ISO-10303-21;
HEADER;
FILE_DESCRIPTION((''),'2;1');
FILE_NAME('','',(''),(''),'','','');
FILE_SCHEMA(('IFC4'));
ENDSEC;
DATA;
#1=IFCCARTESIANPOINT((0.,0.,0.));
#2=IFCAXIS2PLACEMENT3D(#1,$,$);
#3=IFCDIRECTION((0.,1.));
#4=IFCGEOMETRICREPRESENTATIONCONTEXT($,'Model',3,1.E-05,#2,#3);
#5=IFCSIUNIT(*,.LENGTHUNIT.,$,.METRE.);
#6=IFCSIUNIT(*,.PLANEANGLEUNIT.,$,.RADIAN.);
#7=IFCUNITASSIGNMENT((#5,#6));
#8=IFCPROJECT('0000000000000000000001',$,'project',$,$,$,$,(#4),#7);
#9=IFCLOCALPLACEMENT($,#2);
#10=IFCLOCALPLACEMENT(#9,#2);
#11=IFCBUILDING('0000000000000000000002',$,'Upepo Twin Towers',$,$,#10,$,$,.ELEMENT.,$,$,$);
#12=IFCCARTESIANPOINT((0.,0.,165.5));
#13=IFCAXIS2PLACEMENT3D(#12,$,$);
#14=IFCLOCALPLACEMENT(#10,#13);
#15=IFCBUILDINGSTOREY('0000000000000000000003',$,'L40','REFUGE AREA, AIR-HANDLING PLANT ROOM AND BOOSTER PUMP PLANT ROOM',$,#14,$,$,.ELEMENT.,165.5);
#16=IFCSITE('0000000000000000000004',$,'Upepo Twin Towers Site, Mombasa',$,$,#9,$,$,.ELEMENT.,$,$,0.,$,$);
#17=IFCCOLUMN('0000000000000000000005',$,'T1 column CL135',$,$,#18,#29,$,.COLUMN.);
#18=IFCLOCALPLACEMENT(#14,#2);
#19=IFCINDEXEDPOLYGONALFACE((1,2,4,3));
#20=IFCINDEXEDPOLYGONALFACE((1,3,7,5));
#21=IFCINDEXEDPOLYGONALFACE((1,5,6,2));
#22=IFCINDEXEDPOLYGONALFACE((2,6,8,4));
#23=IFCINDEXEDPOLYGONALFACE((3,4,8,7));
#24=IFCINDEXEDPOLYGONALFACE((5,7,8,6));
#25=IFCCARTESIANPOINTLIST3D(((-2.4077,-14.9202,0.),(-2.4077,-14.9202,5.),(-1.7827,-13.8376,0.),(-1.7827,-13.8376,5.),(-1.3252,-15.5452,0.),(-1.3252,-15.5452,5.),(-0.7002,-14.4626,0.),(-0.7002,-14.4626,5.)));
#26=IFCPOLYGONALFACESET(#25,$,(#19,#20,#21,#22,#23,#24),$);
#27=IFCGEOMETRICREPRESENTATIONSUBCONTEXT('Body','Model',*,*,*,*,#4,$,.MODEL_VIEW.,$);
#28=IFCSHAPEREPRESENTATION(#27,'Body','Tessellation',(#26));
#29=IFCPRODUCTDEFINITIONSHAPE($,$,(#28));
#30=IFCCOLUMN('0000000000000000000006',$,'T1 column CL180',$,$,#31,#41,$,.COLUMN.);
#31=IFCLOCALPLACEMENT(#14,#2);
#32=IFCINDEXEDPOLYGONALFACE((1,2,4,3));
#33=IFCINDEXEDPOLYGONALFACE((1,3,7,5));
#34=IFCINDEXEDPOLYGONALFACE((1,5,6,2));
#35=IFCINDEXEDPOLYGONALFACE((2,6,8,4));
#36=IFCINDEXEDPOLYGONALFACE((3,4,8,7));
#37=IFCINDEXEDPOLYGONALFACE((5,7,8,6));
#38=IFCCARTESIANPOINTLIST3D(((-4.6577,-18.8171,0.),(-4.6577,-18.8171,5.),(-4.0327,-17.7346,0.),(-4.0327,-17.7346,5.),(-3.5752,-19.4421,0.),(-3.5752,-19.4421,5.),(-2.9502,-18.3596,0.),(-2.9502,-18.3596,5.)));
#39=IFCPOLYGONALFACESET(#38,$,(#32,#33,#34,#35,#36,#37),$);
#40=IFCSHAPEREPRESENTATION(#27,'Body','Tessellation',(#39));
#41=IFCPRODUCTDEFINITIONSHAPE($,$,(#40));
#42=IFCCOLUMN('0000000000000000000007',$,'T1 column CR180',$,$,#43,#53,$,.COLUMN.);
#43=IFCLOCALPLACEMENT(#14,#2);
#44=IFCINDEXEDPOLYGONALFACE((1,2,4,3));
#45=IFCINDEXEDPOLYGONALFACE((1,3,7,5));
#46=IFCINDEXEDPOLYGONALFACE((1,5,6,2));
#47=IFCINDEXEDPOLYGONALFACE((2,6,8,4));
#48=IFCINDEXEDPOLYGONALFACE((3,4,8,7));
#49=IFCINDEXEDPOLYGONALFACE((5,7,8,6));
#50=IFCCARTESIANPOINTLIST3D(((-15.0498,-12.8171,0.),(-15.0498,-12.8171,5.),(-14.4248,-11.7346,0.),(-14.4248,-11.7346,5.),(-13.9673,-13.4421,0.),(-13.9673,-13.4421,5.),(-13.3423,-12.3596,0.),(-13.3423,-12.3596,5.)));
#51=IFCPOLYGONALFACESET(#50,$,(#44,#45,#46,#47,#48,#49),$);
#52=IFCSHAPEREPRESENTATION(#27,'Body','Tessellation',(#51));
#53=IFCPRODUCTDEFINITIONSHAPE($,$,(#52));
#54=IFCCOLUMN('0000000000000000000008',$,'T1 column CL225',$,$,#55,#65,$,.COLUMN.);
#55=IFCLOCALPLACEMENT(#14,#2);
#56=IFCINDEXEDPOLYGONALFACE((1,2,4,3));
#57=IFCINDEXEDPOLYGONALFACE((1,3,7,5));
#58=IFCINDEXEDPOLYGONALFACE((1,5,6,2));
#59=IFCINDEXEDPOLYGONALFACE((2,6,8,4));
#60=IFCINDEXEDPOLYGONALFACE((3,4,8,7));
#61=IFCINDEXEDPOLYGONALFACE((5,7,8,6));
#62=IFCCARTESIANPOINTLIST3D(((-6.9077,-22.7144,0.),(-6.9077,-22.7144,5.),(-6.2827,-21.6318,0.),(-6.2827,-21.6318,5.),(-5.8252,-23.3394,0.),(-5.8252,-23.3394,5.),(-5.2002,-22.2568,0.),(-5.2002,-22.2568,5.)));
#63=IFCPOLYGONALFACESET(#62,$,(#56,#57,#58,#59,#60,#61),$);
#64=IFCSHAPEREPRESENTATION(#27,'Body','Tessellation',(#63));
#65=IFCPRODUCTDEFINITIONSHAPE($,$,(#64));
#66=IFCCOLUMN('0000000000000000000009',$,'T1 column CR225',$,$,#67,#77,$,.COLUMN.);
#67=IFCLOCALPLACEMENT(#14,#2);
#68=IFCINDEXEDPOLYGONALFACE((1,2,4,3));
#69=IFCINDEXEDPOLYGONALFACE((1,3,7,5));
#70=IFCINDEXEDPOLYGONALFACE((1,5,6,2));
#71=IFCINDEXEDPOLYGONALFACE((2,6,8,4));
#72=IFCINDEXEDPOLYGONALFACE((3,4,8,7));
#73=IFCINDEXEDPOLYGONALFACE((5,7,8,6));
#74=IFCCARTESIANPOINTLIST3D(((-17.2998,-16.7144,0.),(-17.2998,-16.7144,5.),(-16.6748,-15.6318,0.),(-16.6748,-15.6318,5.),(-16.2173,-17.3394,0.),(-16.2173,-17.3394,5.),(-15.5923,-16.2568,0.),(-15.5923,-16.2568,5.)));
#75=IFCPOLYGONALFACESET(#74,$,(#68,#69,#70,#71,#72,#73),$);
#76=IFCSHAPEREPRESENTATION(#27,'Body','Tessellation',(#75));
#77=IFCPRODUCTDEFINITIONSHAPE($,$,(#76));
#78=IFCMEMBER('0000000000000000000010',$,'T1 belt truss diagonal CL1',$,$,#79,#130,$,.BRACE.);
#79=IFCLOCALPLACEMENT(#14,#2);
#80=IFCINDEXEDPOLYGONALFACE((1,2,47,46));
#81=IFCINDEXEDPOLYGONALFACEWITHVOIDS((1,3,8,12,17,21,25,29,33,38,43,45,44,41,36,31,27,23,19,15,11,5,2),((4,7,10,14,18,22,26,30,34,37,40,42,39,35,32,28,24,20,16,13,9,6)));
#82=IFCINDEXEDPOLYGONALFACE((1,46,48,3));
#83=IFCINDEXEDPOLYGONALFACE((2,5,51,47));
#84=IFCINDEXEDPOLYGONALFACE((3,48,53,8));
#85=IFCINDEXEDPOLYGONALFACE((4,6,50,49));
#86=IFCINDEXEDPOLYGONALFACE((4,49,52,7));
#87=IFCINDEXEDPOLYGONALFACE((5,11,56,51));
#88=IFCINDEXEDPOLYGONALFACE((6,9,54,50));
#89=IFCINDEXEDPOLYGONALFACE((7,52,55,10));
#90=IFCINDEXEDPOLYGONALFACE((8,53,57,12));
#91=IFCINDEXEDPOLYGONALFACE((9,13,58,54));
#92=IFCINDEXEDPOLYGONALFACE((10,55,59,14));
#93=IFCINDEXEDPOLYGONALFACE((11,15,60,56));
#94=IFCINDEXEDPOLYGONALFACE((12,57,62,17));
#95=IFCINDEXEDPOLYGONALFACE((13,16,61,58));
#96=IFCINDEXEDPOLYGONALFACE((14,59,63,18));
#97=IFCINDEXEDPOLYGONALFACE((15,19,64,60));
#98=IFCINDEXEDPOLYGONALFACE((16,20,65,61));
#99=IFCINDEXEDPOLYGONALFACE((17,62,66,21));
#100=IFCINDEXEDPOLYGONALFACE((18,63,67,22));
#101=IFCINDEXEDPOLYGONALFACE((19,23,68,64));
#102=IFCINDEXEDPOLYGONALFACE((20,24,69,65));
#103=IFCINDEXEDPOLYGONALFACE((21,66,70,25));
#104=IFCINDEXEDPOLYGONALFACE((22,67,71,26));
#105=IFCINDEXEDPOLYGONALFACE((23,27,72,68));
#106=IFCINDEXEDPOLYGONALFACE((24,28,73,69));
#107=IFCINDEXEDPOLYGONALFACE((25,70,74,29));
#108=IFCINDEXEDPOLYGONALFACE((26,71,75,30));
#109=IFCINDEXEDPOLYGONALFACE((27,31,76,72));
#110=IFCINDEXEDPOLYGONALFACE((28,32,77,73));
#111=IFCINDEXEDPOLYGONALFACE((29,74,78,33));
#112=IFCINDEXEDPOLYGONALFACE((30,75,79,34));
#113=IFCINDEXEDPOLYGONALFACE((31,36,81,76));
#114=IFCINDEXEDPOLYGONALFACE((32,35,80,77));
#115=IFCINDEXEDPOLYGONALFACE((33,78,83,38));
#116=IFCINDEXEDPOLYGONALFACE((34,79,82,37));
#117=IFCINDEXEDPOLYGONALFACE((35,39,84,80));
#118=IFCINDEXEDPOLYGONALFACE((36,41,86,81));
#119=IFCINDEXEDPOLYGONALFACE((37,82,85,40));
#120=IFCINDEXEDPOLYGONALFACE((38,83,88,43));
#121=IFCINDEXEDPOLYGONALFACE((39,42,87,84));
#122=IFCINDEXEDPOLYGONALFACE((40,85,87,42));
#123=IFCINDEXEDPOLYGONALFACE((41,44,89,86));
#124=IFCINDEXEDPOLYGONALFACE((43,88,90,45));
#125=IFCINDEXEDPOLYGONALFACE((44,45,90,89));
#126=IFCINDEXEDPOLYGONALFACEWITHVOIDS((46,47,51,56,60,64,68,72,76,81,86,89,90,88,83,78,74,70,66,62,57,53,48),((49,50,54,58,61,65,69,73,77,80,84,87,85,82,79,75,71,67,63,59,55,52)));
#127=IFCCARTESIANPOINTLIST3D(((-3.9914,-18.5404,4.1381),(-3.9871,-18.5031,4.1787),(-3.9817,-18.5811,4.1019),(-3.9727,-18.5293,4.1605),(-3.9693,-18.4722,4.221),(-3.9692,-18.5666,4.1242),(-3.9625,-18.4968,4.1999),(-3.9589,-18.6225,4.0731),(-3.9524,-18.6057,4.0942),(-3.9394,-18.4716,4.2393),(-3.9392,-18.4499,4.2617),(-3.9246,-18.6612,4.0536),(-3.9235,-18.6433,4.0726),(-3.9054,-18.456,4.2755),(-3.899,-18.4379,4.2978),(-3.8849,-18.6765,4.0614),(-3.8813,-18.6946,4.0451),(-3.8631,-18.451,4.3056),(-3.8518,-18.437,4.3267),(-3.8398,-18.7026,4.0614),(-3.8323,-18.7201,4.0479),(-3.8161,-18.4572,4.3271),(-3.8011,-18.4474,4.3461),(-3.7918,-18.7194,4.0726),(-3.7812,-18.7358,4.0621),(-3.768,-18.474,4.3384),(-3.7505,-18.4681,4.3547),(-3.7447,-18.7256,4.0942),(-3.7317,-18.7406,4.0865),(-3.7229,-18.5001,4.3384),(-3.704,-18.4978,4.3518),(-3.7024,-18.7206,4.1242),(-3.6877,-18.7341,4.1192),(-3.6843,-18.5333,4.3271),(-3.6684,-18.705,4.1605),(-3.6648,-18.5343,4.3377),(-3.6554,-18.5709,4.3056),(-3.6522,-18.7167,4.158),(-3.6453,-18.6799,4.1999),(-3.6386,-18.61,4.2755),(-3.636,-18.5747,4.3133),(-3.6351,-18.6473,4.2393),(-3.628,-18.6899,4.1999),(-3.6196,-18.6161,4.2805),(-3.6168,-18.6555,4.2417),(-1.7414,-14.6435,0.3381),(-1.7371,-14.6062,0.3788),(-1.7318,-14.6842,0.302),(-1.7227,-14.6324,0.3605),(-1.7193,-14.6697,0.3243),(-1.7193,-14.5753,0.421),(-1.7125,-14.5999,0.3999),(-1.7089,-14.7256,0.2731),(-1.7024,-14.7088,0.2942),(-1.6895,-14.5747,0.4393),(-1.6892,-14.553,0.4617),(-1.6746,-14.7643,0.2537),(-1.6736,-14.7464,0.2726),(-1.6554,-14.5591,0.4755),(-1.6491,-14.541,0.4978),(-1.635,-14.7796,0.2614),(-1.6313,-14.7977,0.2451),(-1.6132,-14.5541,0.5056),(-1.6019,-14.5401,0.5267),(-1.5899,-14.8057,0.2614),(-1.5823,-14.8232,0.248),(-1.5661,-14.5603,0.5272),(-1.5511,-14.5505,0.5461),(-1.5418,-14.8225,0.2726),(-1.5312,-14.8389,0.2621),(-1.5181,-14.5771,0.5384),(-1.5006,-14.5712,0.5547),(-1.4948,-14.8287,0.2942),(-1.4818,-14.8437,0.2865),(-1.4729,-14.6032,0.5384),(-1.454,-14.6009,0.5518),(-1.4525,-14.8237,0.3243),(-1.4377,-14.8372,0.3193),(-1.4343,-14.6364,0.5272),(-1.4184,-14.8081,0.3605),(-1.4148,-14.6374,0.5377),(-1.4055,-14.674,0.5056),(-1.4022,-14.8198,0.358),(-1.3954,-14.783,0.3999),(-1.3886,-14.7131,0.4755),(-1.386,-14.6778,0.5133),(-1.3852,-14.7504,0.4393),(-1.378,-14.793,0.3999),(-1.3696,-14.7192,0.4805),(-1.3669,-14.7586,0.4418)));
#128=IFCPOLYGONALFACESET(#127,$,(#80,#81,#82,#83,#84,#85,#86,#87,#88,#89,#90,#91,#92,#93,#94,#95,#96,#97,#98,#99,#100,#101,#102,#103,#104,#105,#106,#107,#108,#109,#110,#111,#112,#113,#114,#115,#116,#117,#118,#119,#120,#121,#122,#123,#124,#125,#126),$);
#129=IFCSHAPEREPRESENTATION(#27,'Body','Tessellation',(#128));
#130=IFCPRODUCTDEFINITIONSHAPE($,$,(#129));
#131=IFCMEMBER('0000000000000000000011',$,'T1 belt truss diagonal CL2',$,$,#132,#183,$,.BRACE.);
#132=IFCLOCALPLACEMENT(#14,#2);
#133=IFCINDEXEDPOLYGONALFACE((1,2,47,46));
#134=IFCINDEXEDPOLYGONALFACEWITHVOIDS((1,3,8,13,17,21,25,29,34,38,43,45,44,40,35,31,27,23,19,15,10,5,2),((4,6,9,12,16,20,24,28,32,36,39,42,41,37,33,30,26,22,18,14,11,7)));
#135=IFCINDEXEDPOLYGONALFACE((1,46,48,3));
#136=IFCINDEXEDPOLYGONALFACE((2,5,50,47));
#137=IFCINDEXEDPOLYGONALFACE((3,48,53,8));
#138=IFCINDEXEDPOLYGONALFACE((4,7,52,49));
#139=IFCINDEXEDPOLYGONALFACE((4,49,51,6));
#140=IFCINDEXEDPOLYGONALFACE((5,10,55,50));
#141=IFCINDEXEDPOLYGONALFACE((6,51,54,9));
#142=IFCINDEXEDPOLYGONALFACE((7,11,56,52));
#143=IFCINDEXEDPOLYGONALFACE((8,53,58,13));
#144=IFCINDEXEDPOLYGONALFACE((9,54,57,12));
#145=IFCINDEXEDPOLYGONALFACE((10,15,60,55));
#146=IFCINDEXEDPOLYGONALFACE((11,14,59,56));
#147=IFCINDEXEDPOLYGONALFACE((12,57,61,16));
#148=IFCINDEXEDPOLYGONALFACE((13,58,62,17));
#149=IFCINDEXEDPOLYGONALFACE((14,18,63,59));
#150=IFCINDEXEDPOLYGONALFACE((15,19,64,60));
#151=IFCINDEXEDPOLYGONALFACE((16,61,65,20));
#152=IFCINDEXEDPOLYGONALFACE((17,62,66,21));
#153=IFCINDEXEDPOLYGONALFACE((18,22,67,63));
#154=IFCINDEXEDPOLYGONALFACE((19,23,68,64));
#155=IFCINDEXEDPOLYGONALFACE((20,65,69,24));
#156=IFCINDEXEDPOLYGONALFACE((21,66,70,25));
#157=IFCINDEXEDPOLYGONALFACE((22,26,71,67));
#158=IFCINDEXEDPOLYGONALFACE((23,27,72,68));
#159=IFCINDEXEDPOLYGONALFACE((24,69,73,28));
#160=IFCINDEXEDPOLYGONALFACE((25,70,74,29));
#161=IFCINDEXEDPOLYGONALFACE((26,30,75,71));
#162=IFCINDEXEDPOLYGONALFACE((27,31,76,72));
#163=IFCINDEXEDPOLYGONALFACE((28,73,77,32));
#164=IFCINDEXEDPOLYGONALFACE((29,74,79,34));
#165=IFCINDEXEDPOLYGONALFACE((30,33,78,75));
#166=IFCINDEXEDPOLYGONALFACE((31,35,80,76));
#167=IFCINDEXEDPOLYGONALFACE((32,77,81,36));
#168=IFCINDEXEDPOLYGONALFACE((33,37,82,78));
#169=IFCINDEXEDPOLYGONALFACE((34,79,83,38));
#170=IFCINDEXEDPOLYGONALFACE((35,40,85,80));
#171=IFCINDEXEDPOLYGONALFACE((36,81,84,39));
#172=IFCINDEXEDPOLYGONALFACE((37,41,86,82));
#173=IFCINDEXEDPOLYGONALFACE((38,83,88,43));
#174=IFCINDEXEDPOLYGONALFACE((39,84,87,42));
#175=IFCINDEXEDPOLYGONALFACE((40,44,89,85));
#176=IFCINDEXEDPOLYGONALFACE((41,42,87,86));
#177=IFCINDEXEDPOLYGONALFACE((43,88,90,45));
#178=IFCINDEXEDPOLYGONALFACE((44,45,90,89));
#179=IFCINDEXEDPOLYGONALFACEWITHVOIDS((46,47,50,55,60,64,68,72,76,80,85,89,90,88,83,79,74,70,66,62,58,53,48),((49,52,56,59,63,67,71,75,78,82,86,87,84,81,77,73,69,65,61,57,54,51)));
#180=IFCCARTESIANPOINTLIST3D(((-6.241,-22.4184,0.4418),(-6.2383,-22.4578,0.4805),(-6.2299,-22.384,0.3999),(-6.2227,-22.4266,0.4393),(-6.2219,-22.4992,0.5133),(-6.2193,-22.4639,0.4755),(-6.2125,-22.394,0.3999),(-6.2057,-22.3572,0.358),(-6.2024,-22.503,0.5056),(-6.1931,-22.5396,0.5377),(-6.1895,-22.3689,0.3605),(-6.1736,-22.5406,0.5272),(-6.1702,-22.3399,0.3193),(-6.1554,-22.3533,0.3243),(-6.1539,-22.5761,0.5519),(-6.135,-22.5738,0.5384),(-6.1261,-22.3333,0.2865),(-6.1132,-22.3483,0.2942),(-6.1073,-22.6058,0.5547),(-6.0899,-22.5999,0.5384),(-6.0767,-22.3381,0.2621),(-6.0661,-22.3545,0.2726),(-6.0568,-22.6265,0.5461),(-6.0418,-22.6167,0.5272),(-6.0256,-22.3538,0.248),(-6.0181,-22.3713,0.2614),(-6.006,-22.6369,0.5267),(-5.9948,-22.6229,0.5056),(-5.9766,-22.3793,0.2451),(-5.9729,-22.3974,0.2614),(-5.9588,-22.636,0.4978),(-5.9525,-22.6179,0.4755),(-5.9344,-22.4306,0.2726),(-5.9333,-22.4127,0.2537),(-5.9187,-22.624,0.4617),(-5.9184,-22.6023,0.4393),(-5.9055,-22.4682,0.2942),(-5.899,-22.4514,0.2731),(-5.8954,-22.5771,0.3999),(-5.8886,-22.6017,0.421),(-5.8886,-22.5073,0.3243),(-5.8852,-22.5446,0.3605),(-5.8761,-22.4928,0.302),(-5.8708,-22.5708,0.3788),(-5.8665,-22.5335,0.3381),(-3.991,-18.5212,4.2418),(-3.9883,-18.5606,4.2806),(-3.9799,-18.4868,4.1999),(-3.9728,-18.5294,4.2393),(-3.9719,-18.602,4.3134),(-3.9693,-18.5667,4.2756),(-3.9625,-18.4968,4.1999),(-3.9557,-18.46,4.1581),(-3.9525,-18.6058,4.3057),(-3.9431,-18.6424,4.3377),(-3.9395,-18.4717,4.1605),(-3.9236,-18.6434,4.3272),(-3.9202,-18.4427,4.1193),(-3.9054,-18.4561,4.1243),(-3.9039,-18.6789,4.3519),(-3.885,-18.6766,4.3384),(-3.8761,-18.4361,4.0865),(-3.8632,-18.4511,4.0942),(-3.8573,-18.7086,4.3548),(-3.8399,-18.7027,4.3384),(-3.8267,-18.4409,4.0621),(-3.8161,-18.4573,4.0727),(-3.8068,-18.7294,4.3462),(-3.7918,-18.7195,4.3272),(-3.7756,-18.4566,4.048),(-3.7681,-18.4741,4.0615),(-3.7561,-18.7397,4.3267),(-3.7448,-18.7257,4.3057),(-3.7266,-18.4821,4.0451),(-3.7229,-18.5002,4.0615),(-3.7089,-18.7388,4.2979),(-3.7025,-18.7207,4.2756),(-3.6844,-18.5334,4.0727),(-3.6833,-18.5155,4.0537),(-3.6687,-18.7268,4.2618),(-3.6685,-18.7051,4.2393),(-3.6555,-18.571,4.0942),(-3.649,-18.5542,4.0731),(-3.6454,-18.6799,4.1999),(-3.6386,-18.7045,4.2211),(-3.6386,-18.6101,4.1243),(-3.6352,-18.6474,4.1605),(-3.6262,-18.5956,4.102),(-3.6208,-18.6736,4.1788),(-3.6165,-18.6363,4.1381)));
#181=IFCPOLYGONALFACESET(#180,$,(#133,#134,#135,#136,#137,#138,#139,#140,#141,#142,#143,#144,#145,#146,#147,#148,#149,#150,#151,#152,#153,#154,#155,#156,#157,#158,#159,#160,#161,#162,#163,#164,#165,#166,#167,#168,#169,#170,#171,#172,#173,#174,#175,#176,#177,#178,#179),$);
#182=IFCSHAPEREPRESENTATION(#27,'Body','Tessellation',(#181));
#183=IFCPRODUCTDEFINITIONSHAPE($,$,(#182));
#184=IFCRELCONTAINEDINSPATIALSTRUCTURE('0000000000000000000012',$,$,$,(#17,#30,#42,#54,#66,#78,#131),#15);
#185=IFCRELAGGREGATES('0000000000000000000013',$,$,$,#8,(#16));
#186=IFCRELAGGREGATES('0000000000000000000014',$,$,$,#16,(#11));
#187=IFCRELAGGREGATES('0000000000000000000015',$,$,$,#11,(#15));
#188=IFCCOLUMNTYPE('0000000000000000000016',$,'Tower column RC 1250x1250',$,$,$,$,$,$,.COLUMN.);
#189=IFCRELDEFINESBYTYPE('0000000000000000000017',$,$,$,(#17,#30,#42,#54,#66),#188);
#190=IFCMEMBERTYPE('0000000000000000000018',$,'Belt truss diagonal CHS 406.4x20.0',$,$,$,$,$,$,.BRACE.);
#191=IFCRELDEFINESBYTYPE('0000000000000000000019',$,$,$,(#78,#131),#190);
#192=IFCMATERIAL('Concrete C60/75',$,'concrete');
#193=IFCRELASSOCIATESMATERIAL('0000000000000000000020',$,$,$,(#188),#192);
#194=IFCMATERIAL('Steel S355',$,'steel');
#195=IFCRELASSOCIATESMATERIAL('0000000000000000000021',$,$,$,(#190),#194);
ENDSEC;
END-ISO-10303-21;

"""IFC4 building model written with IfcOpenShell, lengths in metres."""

from ifc_helpers import new_model, si_unit, direction, frame, origin, origin_2d, place, context, subcontext, project, spatial, rectangle, hollow_circle, extrude, material, material_profile, profile_set, type_object, element, save


model = new_model("IFC4")

# Units and contexts
model_context = context("Model", 3, precision=1e-05, world=origin(), true_north=direction((0.0, 1.0)))
body_context = subcontext(model_context, "Body", "Model", "MODEL_VIEW")
ifc_project = project(units=[si_unit("LENGTHUNIT", "METRE"), si_unit("PLANEANGLEUNIT", "RADIAN")], contexts=[model_context])

# Site, building, storey
site_placement = place(None, origin())
site = spatial("IfcSite", under=ifc_project, at=site_placement, Name="Upepo Twin Towers Site, Mombasa", CompositionType="ELEMENT", RefElevation=0.0)
building_placement = place(site_placement, origin())
building = spatial("IfcBuilding", under=site, at=building_placement, Name="Upepo Twin Towers", CompositionType="ELEMENT")
storey_placement = place(building_placement, frame((0.0, 0.0, 165.5)))
storey = spatial("IfcBuildingStorey", under=building, at=storey_placement, Name="L40", Description="REFUGE AREA, AIR-HANDLING PLANT ROOM AND BOOSTER PUMP PLANT ROOM", CompositionType="ELEMENT", Elevation=165.5)

# Columns
ifc_material_1 = material(Name="Concrete C60/75", Category="concrete")
ifc_material_profile_1 = material_profile(ifc_material_1, rectangle(XDim=1.25, YDim=1.25, at=origin_2d()), Name="RC 1250x1250")
ifc_profile_set_1 = profile_set([ifc_material_profile_1], Name="Concrete C60/75")
column_type = type_object("IfcColumnType", Name="Tower column RC 1250x1250", PredefinedType="COLUMN", material=ifc_profile_set_1)
for number, where, z_axis, x_axis, name in (
    (1, (-1.554, -14.6914, 0.0), (0.0, 0.0, 1.0), (0.5, 0.866025, 0.0), "T1 column CL135"),
    (2, (-3.804, -18.5884, 0.0), (0.0, 0.0, 1.0), (0.5, 0.866025, 0.0), "T1 column CL180"),
    (3, (-14.196, -12.5884, 0.0), (0.0, 0.0, 1.0), (0.5, 0.866025, 0.0), "T1 column CR180"),
    (4, (-6.054, -22.4856, 0.0), (0.0, 0.0, 1.0), (0.5, 0.866025, 0.0), "T1 column CL225"),
    (5, (-16.446, -16.4856, 0.0), (0.0, 0.0, 1.0), (0.5, 0.866025, 0.0), "T1 column CR225"),
):
    element("IfcColumn", number, at=place(storey_placement, frame(where, z_axis=z_axis, x_axis=x_axis)), inside=storey, type_object=column_type, Name=name, PredefinedType="COLUMN", context=body_context, shape_type="SweptSolid", body=[
        extrude(rectangle(XDim=1.25, YDim=1.25, at=origin_2d()), origin(), (0.0, 0.0, 1.0), 5.0),
    ])

# Members
ifc_material_2 = material(Name="Steel S355", Category="steel")
ifc_material_profile_2 = material_profile(ifc_material_2, hollow_circle(Radius=0.2031, WallThickness=0.02, at=origin_2d()), Name="CHS 406.4x20.0")
ifc_profile_set_2 = profile_set([ifc_material_profile_2], Name="Steel S355")
member_type = type_object("IfcMemberType", Name="Belt truss diagonal CHS 406.4x20.0", PredefinedType="BRACE", material=ifc_profile_set_2)
member_placement = place(storey_placement, frame((-1.554, -14.6914, 0.3999), z_axis=(-0.382019, -0.661652, 0.645196), x_axis=(0.866018, -0.500014, 0.0)))
element("IfcMember", 6, at=member_placement, inside=storey, type_object=member_type, Name="T1 belt truss diagonal CL1", PredefinedType="BRACE", context=body_context, shape_type="SweptSolid", body=[
    extrude(hollow_circle(Radius=0.2031, WallThickness=0.02, at=origin_2d()), origin(), (0.0, 0.0, 1.0), 5.8896),
])
for number, where, z_axis, x_axis, name in (
    (7, (-6.054, -22.4856, 0.3999), (0.382009, 0.661676, 0.645178), (-0.866031, 0.49999, 0.0), "T1 belt truss diagonal CL2"),
):
    element("IfcMember", number, at=place(storey_placement, frame(where, z_axis=z_axis, x_axis=x_axis)), inside=storey, type_object=member_type, Name=name, PredefinedType="BRACE", context=body_context, shape_type="SweptSolid", body=[
        extrude(hollow_circle(Radius=0.2031, WallThickness=0.02, at=origin_2d()), origin(), (0.0, 0.0, 1.0), 5.8899),
    ])

save(model, "model.ifc")
